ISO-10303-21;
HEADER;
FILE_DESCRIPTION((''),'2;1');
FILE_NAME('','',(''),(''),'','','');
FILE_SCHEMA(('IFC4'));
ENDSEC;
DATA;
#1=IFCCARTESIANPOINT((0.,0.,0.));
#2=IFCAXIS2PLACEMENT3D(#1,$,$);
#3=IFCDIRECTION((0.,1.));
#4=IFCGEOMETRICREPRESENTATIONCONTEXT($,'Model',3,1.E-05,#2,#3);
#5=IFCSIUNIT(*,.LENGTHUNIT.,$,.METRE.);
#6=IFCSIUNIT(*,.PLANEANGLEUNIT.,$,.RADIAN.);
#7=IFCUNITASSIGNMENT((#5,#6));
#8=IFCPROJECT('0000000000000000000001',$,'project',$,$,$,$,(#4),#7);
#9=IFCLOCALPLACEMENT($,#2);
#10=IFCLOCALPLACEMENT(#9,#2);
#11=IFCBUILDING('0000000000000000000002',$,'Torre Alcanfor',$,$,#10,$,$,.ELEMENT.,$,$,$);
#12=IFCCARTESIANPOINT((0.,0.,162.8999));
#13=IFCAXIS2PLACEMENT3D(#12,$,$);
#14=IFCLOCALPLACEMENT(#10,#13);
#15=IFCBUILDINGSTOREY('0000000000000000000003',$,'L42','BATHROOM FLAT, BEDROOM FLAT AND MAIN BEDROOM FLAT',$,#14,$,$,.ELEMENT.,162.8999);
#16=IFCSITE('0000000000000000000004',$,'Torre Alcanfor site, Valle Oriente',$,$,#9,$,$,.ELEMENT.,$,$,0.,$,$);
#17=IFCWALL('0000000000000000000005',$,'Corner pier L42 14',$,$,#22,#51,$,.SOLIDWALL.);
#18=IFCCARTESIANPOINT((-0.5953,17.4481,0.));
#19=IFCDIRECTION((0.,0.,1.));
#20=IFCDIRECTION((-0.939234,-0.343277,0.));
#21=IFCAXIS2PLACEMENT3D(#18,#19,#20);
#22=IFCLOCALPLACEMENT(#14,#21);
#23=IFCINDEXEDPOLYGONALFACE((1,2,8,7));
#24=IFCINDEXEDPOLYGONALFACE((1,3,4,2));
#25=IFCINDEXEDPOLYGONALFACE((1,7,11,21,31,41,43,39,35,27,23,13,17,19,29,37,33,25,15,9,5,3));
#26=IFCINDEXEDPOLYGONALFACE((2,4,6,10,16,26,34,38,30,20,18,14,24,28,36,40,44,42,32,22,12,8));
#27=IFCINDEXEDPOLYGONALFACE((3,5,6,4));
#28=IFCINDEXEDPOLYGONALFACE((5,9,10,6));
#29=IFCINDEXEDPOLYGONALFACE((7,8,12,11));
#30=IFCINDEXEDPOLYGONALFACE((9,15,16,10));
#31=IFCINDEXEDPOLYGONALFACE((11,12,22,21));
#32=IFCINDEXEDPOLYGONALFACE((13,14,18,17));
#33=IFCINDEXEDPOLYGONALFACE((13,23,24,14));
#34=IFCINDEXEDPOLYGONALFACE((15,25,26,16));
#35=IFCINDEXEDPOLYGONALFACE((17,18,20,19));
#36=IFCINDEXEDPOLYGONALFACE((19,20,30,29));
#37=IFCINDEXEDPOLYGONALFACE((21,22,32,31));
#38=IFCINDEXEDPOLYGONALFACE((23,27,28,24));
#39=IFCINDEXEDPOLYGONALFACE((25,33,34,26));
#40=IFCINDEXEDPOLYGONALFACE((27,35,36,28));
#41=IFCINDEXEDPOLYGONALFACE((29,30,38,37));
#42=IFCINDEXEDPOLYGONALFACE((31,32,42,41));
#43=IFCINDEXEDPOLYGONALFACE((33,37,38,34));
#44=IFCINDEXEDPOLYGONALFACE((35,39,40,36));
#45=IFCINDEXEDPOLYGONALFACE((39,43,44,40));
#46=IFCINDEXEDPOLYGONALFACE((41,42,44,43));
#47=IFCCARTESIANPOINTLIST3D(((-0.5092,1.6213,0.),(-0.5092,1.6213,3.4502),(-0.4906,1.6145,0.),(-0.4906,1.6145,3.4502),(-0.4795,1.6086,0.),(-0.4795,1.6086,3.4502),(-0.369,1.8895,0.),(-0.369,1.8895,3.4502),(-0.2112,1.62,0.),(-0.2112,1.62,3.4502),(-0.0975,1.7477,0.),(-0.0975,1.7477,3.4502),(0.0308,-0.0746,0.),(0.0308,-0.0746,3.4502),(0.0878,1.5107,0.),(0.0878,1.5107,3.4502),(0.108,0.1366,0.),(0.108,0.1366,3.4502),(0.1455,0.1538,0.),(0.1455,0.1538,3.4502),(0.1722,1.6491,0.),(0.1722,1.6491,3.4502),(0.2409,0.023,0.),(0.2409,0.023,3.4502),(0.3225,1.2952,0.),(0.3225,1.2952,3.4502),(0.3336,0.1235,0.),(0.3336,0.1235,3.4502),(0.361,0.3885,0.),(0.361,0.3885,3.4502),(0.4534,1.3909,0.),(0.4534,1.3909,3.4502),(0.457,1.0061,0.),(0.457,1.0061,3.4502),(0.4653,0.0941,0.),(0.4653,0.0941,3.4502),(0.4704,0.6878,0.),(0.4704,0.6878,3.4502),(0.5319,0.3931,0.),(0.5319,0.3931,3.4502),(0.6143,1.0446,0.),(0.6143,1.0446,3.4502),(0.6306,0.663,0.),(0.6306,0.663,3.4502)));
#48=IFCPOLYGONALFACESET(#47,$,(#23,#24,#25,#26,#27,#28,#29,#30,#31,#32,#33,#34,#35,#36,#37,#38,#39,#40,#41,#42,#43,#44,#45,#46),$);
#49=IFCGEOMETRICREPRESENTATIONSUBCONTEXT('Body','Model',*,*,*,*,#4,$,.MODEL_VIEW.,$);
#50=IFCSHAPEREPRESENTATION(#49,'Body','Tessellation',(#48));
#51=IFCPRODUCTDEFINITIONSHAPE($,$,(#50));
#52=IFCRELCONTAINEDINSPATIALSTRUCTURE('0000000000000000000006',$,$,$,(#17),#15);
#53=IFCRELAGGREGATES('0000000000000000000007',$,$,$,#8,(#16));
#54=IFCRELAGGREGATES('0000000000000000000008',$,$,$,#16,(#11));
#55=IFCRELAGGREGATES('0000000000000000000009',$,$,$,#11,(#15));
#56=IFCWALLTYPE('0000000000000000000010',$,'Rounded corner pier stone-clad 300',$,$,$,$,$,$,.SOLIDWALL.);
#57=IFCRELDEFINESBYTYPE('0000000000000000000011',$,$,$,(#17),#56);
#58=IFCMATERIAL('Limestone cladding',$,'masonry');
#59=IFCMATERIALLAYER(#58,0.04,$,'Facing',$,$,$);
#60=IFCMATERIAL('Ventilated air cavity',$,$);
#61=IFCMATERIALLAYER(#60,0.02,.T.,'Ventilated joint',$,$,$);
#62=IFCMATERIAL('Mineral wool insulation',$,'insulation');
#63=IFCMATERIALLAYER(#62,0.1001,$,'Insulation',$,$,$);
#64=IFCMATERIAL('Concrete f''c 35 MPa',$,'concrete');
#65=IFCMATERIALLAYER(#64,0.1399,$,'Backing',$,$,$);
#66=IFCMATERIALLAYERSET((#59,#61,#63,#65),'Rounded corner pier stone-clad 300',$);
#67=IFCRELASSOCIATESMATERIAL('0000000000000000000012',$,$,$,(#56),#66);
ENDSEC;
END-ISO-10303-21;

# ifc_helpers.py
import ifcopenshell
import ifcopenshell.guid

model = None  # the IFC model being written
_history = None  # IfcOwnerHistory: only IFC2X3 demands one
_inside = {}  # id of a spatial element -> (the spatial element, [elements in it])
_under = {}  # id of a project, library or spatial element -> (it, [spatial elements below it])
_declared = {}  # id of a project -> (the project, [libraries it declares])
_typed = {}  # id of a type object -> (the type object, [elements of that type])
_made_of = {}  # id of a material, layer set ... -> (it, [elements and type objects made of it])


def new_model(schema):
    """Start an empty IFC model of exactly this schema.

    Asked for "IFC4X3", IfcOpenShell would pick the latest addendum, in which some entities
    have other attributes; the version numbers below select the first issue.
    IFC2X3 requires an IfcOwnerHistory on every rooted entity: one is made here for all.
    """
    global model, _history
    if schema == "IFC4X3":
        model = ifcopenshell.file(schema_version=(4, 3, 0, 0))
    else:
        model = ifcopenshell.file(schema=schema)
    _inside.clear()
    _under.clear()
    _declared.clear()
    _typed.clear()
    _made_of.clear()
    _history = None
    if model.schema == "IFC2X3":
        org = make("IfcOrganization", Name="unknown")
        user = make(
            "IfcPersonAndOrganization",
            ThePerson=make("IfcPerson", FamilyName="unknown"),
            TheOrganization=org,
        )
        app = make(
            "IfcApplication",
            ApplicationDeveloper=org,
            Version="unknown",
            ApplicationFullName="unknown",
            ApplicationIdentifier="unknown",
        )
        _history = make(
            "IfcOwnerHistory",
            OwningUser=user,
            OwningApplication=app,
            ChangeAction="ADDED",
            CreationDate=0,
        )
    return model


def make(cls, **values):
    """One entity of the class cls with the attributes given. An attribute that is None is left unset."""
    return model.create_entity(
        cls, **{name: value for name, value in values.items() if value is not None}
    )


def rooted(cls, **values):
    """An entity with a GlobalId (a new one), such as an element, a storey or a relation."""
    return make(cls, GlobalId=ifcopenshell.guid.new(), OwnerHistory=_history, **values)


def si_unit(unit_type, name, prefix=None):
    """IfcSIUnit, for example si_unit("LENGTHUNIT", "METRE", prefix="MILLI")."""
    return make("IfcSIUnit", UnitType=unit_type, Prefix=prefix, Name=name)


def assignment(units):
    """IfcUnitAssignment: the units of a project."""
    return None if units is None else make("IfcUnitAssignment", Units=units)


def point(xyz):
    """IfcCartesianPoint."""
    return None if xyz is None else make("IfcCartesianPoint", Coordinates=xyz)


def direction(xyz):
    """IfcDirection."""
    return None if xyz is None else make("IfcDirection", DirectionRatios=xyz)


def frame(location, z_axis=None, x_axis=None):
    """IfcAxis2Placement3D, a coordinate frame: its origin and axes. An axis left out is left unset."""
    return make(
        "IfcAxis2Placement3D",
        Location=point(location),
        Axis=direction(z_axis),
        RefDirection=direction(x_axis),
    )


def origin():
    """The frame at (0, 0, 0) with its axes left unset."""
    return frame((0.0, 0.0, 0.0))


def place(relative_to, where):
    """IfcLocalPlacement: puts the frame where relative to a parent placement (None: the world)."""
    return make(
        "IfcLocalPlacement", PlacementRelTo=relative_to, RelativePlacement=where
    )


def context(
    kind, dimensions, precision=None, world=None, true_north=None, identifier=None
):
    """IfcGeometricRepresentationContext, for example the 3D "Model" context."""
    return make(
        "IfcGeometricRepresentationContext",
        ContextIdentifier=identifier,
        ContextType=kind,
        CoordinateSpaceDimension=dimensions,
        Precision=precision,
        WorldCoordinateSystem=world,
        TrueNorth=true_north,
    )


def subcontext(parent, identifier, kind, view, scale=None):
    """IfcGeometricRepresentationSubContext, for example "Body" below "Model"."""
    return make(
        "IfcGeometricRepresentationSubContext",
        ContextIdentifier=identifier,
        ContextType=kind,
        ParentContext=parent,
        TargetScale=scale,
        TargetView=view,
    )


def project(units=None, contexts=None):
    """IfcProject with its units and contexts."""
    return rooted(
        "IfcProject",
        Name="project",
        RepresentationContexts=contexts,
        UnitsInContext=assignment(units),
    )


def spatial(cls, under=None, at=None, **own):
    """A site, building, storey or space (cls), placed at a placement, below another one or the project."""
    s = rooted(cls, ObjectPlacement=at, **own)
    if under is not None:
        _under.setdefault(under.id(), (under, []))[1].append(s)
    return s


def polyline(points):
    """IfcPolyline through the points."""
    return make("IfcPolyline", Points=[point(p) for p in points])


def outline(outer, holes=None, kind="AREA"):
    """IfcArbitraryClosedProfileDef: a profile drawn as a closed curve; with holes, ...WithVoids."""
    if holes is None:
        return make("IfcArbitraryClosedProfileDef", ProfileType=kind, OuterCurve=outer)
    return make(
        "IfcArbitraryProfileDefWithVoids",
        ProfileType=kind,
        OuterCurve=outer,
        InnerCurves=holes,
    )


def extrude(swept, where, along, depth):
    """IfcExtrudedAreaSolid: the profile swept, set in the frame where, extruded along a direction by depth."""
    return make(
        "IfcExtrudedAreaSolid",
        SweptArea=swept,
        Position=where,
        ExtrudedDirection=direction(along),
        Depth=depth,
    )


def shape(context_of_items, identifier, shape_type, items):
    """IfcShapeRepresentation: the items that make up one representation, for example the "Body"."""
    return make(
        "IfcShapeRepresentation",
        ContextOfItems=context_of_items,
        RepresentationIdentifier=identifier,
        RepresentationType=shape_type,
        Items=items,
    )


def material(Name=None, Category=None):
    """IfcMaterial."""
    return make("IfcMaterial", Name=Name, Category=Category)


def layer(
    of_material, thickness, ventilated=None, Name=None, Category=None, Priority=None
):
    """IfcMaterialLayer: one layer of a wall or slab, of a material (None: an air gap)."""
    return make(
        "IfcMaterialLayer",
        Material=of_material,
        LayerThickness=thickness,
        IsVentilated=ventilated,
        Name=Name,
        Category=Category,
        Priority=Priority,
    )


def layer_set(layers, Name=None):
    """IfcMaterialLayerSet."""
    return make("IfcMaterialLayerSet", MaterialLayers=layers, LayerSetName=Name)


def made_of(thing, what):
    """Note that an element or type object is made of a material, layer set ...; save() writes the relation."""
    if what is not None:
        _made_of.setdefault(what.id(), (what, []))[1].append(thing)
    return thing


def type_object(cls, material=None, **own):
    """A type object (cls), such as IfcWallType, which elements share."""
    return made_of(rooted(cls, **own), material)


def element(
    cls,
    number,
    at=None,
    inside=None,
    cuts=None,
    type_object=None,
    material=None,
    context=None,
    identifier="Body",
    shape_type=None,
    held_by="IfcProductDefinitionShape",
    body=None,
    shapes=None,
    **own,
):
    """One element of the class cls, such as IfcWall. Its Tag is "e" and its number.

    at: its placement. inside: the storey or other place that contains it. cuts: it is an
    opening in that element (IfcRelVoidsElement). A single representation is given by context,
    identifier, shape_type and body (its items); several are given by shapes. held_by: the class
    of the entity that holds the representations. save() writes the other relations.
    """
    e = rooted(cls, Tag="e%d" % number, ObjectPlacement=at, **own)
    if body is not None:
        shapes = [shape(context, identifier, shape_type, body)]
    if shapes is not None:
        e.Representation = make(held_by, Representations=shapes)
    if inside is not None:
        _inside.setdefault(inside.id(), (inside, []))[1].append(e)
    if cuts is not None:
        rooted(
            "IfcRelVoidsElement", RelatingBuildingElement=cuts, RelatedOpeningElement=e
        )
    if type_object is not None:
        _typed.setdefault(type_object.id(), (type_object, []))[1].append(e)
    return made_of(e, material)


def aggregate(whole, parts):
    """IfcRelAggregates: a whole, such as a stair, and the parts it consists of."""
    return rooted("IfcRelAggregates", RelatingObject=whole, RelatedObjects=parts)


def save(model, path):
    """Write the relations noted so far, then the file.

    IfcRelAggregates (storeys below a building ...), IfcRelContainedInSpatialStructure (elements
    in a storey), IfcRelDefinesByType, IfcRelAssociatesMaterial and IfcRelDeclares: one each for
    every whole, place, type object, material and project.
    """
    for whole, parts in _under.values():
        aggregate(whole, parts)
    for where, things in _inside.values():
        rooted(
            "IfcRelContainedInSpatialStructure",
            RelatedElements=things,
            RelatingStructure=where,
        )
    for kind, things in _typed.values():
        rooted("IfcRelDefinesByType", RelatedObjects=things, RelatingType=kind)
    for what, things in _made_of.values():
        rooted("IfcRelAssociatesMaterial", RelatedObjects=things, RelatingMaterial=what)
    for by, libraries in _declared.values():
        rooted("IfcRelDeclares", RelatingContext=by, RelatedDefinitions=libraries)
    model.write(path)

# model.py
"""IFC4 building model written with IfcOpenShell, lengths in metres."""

from ifc_helpers import new_model, si_unit, direction, frame, origin, place, context, subcontext, project, spatial, polyline, outline, extrude, material, layer, layer_set, type_object, element, save


model = new_model("IFC4")

# Units and contexts
model_context = context("Model", 3, precision=1e-05, world=origin(), true_north=direction((0.0, 1.0)))
body_context = subcontext(model_context, "Body", "Model", "MODEL_VIEW")
ifc_project = project(units=[si_unit("LENGTHUNIT", "METRE"), si_unit("PLANEANGLEUNIT", "RADIAN")], contexts=[model_context])

# Site, building, storey
site_placement = place(None, origin())
site = spatial("IfcSite", under=ifc_project, at=site_placement, Name="Torre Alcanfor site, Valle Oriente", CompositionType="ELEMENT", RefElevation=0.0)
building_placement = place(site_placement, origin())
building = spatial("IfcBuilding", under=site, at=building_placement, Name="Torre Alcanfor", CompositionType="ELEMENT")
storey_placement = place(building_placement, frame((0.0, 0.0, 162.8999)))
storey = spatial("IfcBuildingStorey", under=building, at=storey_placement, Name="L42", Description="BATHROOM FLAT, BEDROOM FLAT AND MAIN BEDROOM FLAT", CompositionType="ELEMENT", Elevation=162.8999)

# Shared definitions
ifc_material_1 = material(Name="Limestone cladding", Category="masonry")
ifc_material_2 = material(Name="Ventilated air cavity")
ifc_material_3 = material(Name="Mineral wool insulation", Category="insulation")
ifc_material_4 = material(Name="Concrete f'c 35 MPa", Category="concrete")

# Wall
ifc_layer_1 = layer(ifc_material_1, 0.04, Name="Facing")
ifc_layer_2 = layer(ifc_material_2, 0.02, ventilated=True, Name="Ventilated joint")
ifc_layer_3 = layer(ifc_material_3, 0.1001, Name="Insulation")
ifc_layer_4 = layer(ifc_material_4, 0.1399, Name="Backing")
ifc_layer_set_1 = layer_set([ifc_layer_1, ifc_layer_2, ifc_layer_3, ifc_layer_4], Name="Rounded corner pier stone-clad 300")
wall_type_1 = type_object("IfcWallType", Name="Rounded corner pier stone-clad 300", PredefinedType="SOLIDWALL", material=ifc_layer_set_1)
wall_1_placement = place(storey_placement, frame((-0.5953, 17.4481, 0.0), z_axis=(0.0, 0.0, 1.0), x_axis=(-0.939234, -0.343277, 0.0)))
element("IfcWall", 1, at=wall_1_placement, inside=storey, type_object=wall_type_1, Name="Corner pier L42 14", PredefinedType="SOLIDWALL", context=body_context, shape_type="SweptSolid", body=[
    extrude(outline(polyline([(-0.369, 1.8895), (-0.5092, 1.6213), (-0.4906, 1.6145), (-0.4795, 1.6086), (-0.2112, 1.62), (0.0878, 1.5107), (0.3225, 1.2952), (0.457, 1.0061), (0.4704, 0.6878), (0.361, 0.3885), (0.1455, 0.1538), (0.108, 0.1366), (0.0308, -0.0746), (0.2409, 0.023), (0.3336, 0.1235), (0.4653, 0.0941), (0.5319, 0.3931), (0.6306, 0.663), (0.6143, 1.0446), (0.4534, 1.3909), (0.1722, 1.6491), (-0.0975, 1.7477), (-0.369, 1.8895)])), origin(), (0.0, 0.0, 1.0), 3.4502),
])

save(model, "model.ifc")
